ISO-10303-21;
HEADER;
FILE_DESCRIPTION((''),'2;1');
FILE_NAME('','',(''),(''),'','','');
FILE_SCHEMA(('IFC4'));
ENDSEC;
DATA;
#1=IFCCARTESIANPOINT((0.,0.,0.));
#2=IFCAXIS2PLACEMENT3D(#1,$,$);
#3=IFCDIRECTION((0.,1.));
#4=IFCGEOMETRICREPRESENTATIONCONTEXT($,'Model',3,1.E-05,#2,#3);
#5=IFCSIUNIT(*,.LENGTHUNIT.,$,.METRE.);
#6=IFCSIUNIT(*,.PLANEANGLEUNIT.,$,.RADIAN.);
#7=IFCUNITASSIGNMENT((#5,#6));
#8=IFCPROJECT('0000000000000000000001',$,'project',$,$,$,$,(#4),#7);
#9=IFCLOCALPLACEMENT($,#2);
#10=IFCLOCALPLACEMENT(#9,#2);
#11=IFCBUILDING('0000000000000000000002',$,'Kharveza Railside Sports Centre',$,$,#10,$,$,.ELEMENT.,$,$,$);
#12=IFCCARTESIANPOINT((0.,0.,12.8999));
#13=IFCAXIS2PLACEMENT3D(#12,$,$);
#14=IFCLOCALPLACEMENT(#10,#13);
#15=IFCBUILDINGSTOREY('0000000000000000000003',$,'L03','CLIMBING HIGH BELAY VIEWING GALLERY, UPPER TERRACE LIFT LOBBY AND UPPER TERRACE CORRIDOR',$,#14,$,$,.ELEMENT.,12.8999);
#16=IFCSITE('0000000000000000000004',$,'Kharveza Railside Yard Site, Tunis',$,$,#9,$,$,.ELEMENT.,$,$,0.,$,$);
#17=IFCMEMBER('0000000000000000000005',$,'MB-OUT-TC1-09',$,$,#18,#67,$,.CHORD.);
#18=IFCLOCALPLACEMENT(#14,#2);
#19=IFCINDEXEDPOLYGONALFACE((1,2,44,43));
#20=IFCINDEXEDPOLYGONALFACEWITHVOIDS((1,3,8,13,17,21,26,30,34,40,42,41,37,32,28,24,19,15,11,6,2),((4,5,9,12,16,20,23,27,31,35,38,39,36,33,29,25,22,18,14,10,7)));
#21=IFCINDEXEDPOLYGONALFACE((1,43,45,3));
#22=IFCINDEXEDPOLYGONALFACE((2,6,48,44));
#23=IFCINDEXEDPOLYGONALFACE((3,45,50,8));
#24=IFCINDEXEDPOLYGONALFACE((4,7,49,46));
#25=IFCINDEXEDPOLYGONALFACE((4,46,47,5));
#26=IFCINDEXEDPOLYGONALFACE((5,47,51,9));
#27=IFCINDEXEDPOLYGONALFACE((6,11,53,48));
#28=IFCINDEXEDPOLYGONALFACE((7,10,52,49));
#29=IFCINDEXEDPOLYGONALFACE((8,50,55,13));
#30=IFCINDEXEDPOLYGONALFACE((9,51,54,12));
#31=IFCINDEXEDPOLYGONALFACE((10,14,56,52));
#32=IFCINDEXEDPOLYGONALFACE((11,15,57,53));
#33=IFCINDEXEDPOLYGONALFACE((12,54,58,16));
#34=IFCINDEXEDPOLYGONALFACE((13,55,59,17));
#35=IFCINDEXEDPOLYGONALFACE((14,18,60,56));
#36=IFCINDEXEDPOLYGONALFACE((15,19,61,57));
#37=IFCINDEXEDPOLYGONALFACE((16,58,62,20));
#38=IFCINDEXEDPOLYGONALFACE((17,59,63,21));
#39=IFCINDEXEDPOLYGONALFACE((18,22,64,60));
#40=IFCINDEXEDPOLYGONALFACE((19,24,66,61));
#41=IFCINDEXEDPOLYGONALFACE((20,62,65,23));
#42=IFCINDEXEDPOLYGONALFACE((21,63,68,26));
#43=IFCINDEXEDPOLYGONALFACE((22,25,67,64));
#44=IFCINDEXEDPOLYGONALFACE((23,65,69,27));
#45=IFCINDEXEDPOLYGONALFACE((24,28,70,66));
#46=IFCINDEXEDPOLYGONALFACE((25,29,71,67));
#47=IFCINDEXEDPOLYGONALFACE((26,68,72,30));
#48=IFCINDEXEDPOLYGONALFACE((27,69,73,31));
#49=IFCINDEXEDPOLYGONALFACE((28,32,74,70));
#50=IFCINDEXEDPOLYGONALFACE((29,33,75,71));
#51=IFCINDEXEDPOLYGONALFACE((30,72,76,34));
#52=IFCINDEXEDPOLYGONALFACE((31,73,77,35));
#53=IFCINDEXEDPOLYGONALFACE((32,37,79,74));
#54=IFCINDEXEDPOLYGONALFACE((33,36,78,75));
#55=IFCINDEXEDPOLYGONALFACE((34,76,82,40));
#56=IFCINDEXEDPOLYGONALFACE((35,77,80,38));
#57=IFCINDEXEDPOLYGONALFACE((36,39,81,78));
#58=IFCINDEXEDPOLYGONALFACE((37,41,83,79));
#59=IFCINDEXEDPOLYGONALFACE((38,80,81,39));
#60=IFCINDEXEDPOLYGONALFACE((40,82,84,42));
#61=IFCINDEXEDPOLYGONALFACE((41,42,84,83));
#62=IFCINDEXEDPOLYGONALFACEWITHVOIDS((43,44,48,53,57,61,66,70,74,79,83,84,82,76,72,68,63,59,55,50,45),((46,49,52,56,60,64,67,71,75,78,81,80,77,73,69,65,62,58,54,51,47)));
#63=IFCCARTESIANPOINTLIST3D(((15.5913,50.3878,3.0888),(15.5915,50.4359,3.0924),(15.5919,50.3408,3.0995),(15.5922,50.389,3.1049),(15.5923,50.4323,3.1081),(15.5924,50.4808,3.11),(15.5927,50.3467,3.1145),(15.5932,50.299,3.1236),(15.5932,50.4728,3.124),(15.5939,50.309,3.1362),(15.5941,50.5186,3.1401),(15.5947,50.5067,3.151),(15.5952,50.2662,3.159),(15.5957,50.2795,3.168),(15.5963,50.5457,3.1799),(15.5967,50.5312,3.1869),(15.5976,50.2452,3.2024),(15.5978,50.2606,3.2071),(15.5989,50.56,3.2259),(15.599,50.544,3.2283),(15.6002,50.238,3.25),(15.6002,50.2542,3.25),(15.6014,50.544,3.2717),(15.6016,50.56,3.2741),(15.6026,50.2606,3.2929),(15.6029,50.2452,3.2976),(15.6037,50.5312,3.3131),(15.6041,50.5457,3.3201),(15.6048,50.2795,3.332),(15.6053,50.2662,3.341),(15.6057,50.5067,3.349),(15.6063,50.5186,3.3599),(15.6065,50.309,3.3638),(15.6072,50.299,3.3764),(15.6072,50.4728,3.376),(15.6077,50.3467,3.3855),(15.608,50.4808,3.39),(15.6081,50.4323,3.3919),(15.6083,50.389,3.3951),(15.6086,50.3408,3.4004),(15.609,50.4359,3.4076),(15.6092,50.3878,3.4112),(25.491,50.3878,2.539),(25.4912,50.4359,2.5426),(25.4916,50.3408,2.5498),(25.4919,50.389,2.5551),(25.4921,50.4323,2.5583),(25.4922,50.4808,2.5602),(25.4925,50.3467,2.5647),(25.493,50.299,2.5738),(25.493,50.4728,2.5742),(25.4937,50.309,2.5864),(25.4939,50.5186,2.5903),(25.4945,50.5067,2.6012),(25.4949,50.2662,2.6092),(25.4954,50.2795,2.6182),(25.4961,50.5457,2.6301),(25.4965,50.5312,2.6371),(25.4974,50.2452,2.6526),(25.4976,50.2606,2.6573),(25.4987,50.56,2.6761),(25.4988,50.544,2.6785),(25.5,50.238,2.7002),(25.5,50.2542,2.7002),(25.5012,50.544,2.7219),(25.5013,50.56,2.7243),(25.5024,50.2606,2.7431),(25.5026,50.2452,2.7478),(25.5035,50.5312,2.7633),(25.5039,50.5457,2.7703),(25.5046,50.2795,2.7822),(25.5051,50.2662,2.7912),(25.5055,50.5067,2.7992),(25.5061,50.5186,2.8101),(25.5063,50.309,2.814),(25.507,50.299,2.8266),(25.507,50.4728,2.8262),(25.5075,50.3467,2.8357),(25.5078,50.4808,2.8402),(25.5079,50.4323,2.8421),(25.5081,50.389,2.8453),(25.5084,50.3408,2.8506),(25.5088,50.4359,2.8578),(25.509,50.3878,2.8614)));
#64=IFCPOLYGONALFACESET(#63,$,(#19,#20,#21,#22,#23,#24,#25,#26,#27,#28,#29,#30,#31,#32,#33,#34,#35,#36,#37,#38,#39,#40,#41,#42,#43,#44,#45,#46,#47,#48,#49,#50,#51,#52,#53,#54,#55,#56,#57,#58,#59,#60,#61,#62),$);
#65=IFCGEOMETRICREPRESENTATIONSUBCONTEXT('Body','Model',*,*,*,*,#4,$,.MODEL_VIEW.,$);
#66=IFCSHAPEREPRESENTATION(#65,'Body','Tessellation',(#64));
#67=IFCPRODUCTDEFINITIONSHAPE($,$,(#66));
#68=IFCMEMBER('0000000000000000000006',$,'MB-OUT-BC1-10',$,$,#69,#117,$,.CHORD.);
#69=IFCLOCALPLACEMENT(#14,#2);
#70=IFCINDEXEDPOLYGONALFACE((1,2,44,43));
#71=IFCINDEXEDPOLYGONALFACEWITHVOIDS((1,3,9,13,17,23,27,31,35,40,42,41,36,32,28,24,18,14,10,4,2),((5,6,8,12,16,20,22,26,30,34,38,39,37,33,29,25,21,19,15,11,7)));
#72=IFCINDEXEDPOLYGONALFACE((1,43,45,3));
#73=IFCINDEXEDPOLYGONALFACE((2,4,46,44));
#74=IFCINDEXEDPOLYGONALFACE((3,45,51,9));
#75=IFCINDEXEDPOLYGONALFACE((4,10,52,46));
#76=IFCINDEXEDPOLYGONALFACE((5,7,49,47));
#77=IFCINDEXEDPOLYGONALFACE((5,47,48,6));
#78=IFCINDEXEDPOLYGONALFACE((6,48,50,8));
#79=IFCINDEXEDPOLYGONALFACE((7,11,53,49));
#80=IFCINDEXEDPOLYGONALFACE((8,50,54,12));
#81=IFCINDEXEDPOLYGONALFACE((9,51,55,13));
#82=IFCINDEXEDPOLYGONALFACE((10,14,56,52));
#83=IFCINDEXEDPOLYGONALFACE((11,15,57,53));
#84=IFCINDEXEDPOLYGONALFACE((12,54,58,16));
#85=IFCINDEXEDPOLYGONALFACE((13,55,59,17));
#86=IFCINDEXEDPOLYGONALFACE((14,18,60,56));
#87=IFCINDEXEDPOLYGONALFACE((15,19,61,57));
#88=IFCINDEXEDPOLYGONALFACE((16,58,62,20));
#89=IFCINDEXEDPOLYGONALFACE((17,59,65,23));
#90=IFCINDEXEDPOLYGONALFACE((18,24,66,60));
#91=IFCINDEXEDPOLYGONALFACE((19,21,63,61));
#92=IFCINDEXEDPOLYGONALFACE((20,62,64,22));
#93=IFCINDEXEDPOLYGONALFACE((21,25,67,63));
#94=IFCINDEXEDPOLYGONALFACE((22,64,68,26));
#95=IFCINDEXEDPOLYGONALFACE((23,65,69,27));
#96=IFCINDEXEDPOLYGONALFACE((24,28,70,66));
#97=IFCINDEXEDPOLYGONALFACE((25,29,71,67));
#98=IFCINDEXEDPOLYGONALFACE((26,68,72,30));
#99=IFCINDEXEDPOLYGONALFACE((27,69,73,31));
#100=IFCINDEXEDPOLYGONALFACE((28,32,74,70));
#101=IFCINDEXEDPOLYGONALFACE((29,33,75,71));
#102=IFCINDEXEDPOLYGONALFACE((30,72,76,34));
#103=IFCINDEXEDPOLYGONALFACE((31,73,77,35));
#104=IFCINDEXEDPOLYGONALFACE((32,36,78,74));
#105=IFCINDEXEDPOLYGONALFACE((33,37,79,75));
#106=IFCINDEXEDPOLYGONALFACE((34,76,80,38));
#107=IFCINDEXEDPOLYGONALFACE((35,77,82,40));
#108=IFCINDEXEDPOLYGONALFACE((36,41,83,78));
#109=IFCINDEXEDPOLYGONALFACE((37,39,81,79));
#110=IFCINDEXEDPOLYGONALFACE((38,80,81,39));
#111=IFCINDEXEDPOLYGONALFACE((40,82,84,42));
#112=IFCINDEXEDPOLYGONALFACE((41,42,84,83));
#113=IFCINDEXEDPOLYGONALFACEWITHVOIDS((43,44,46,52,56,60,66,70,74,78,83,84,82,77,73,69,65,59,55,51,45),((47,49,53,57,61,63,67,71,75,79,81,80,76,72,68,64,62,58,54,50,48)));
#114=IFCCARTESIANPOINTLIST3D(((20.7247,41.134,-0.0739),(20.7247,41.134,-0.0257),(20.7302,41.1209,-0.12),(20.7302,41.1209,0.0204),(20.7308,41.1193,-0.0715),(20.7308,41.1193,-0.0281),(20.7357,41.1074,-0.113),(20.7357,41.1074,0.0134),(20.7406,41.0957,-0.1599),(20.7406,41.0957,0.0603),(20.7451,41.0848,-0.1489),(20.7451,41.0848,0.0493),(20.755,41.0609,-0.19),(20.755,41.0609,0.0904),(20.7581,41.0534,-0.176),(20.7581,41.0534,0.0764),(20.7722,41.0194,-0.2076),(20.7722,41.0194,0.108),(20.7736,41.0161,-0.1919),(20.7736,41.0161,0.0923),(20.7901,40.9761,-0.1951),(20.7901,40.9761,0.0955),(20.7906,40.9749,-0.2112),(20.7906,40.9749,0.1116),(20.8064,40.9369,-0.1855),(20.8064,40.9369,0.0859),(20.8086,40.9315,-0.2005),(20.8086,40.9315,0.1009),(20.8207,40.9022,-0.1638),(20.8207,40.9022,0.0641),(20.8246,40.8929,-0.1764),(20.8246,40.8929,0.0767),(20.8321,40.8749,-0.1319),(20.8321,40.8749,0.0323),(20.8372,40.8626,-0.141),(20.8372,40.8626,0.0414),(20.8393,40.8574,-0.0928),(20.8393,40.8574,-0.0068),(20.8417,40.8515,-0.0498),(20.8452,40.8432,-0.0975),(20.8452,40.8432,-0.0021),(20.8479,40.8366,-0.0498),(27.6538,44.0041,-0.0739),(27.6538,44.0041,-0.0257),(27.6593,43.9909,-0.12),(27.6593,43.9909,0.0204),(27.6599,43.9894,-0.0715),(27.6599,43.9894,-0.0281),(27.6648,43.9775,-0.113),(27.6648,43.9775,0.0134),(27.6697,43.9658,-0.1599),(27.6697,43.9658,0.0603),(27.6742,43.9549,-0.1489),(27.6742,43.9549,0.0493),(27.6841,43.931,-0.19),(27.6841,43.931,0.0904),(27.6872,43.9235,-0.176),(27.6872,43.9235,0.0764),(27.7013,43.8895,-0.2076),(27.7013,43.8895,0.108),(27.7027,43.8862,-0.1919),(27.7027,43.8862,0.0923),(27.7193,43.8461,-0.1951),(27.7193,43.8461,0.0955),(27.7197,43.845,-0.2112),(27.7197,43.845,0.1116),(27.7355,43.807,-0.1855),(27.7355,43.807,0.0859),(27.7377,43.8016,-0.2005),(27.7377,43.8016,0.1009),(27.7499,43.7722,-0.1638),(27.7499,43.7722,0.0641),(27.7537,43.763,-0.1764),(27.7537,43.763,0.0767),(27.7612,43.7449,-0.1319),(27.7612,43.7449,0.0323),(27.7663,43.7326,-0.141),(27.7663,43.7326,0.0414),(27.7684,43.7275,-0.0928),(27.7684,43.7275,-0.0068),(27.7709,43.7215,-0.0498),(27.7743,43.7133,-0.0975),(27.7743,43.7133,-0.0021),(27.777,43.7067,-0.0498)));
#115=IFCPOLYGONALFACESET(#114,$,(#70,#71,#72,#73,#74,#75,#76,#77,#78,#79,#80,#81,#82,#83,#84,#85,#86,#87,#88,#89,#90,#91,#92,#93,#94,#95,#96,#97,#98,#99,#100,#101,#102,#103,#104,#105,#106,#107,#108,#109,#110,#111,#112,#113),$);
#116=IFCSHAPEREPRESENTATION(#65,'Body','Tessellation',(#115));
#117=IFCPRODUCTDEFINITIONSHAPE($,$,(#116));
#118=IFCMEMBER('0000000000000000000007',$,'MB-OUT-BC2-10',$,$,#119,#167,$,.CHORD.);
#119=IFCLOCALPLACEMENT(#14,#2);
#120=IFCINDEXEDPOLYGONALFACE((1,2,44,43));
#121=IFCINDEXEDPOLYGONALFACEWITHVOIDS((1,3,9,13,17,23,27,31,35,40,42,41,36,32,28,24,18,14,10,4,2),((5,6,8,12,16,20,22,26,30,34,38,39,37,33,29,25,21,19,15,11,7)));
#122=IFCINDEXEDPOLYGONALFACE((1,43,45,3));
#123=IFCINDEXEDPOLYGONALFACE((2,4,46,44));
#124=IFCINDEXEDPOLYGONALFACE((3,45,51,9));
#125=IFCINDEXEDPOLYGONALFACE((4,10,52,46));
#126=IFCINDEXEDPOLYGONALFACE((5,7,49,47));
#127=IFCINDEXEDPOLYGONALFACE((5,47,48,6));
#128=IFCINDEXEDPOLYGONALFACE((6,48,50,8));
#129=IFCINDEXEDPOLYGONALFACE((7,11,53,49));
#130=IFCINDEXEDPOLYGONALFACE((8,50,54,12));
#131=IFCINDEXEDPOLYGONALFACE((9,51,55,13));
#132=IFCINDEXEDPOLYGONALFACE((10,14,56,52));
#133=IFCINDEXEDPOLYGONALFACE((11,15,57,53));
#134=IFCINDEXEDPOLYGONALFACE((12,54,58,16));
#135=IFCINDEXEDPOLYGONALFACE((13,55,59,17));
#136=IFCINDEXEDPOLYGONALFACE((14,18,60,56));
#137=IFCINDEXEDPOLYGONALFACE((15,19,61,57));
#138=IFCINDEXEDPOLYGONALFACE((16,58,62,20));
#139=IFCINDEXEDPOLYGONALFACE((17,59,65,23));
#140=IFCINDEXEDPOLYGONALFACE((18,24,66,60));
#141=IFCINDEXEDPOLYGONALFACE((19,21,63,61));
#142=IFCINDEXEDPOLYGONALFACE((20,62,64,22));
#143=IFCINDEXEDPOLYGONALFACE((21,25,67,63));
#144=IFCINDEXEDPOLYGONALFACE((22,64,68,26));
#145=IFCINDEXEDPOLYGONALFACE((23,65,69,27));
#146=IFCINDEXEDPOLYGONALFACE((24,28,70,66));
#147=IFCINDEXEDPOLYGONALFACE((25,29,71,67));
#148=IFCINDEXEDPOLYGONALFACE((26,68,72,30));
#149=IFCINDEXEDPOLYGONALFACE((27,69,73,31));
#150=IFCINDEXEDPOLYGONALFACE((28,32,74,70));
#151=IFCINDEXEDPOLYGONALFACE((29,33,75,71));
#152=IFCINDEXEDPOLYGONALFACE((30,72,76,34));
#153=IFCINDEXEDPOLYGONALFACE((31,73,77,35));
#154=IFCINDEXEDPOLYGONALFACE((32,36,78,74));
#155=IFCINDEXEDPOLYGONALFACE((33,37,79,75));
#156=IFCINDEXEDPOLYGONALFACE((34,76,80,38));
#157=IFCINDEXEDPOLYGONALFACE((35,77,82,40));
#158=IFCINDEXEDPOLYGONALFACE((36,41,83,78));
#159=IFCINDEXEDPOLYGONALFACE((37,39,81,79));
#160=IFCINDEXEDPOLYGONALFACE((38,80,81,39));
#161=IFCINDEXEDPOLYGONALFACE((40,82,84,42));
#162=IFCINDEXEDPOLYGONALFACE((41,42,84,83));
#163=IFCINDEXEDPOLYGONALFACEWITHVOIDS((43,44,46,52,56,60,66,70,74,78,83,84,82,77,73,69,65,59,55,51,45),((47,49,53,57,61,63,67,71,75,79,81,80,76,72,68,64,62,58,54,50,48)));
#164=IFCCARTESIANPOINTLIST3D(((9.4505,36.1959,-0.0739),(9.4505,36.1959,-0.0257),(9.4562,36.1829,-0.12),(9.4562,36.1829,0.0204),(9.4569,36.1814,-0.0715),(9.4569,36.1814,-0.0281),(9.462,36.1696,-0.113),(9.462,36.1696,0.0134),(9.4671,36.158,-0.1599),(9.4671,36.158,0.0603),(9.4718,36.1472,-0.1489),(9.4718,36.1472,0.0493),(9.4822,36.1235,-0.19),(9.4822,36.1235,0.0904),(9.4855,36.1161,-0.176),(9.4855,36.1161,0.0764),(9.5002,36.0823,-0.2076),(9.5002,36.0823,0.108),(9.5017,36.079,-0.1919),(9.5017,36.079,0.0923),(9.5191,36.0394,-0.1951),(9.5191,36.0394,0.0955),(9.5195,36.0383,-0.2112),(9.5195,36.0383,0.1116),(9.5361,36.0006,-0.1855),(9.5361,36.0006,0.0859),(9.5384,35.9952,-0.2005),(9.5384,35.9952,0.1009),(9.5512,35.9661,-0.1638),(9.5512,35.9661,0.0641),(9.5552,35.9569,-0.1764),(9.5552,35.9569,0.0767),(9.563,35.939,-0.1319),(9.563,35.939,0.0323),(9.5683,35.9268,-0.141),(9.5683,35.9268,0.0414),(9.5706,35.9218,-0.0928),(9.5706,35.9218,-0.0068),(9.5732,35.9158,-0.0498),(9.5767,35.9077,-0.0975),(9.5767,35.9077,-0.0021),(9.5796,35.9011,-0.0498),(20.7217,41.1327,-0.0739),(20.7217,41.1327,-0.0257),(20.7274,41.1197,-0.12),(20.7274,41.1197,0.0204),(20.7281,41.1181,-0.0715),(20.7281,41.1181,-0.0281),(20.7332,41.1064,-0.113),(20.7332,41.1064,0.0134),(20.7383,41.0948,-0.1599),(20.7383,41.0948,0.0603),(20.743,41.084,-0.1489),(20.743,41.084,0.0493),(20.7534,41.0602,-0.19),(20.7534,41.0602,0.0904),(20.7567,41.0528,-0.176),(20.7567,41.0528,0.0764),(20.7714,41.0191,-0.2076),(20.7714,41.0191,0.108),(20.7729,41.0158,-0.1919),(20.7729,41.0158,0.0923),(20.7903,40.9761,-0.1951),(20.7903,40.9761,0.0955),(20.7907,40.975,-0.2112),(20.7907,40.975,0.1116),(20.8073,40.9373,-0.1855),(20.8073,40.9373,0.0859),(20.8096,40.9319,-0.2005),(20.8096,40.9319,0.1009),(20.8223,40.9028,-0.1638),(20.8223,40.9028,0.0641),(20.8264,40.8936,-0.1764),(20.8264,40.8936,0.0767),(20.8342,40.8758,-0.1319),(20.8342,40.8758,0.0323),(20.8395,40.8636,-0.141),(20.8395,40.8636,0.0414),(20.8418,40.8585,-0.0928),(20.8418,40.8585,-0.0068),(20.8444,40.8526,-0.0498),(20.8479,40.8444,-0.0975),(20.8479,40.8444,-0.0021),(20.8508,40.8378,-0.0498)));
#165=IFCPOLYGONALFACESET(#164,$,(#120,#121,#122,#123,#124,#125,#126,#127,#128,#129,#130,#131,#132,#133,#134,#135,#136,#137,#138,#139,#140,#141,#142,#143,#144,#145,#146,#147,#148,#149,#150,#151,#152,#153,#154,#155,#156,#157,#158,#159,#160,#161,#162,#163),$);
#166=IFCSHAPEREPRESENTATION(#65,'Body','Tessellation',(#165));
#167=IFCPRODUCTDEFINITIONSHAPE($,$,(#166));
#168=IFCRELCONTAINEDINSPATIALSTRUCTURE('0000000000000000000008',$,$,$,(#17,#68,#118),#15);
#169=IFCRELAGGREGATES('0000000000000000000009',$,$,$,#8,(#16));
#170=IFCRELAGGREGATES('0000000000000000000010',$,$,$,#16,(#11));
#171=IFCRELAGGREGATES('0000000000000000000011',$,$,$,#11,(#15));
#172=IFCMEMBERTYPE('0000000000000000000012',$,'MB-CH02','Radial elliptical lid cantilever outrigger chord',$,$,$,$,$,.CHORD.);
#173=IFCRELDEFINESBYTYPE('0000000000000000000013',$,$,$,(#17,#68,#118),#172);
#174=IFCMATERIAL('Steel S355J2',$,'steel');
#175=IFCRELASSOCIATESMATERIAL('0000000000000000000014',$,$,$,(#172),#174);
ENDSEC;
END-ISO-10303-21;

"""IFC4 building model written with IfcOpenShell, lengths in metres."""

from ifc_helpers import new_model, si_unit, direction, frame, origin, origin_2d, place, context, subcontext, project, spatial, hollow_circle, extrude, material, material_profile, profile_set, type_object, element, save


model = new_model("IFC4")

# Units and contexts
model_context = context("Model", 3, precision=1e-05, world=origin(), true_north=direction((0.0, 1.0)))
body_context = subcontext(model_context, "Body", "Model", "MODEL_VIEW")
ifc_project = project(units=[si_unit("LENGTHUNIT", "METRE"), si_unit("PLANEANGLEUNIT", "RADIAN")], contexts=[model_context])

# Site, building, storey
site_placement = place(None, origin())
site = spatial("IfcSite", under=ifc_project, at=site_placement, Name="Kharveza Railside Yard Site, Tunis", CompositionType="ELEMENT", RefElevation=0.0)
building_placement = place(site_placement, origin())
building = spatial("IfcBuilding", under=site, at=building_placement, Name="Kharveza Railside Sports Centre", CompositionType="ELEMENT")
storey_placement = place(building_placement, frame((0.0, 0.0, 12.8999)))
storey = spatial("IfcBuildingStorey", under=building, at=storey_placement, Name="L03", Description="CLIMBING HIGH BELAY VIEWING GALLERY, UPPER TERRACE LIFT LOBBY AND UPPER TERRACE CORRIDOR", CompositionType="ELEMENT", Elevation=12.8999)

# Shared definitions
ifc_material_1 = material(Name="Steel S355J2", Category="steel")

# Members
ifc_material_profile_1 = material_profile(ifc_material_1, hollow_circle(Radius=0.1619, WallThickness=0.0161, at=origin_2d()), Name="CHS 323.9x16.0")
ifc_profile_set_1 = profile_set([ifc_material_profile_1], Name="Steel S355J2")
member_type_1 = type_object("IfcMemberType", Name="MB-CH02", Description="Radial elliptical lid cantilever outrigger chord", PredefinedType="CHORD", material=ifc_profile_set_1)
member_1_placement = place(storey_placement, frame((25.5, 50.3999, 2.7002), z_axis=(-0.998461, 0.0, 0.055451), x_axis=(0.0, -1.0, 0.0)))
element("IfcMember", 1, at=member_1_placement, inside=storey, type_object=member_type_1, Name="MB-OUT-TC1-09", PredefinedType="CHORD", context=body_context, shape_type="SweptSolid", body=[
    extrude(hollow_circle(Radius=0.1619, WallThickness=0.0161, at=origin_2d()), origin(), (0.0, 0.0, 1.0), 9.915),
])
member_2_placement = place(storey_placement, frame((27.7151, 43.8562, -0.0498), z_axis=(-0.923882, -0.382678, 0.0), x_axis=(0.382678, -0.923882, 0.0)))
element("IfcMember", 2, at=member_2_placement, inside=storey, type_object=member_type_1, Name="MB-OUT-BC1-10", PredefinedType="CHORD", context=body_context, shape_type="SweptSolid", body=[
    extrude(hollow_circle(Radius=0.1619, WallThickness=0.0161, at=origin_2d()), origin(), (0.0, 0.0, 1.0), 7.5),
])
member_3_placement = place(storey_placement, frame((20.7859, 40.9861, -0.0498), z_axis=(-0.91599, -0.401201, 0.0), x_axis=(0.401201, -0.91599, 0.0)))
element("IfcMember", 3, at=member_3_placement, inside=storey, type_object=member_type_1, Name="MB-OUT-BC2-10", PredefinedType="CHORD", context=body_context, shape_type="SweptSolid", body=[
    extrude(hollow_circle(Radius=0.1619, WallThickness=0.0161, at=origin_2d()), origin(), (0.0, 0.0, 1.0), 12.3049),
])

save(model, "model.ifc")
